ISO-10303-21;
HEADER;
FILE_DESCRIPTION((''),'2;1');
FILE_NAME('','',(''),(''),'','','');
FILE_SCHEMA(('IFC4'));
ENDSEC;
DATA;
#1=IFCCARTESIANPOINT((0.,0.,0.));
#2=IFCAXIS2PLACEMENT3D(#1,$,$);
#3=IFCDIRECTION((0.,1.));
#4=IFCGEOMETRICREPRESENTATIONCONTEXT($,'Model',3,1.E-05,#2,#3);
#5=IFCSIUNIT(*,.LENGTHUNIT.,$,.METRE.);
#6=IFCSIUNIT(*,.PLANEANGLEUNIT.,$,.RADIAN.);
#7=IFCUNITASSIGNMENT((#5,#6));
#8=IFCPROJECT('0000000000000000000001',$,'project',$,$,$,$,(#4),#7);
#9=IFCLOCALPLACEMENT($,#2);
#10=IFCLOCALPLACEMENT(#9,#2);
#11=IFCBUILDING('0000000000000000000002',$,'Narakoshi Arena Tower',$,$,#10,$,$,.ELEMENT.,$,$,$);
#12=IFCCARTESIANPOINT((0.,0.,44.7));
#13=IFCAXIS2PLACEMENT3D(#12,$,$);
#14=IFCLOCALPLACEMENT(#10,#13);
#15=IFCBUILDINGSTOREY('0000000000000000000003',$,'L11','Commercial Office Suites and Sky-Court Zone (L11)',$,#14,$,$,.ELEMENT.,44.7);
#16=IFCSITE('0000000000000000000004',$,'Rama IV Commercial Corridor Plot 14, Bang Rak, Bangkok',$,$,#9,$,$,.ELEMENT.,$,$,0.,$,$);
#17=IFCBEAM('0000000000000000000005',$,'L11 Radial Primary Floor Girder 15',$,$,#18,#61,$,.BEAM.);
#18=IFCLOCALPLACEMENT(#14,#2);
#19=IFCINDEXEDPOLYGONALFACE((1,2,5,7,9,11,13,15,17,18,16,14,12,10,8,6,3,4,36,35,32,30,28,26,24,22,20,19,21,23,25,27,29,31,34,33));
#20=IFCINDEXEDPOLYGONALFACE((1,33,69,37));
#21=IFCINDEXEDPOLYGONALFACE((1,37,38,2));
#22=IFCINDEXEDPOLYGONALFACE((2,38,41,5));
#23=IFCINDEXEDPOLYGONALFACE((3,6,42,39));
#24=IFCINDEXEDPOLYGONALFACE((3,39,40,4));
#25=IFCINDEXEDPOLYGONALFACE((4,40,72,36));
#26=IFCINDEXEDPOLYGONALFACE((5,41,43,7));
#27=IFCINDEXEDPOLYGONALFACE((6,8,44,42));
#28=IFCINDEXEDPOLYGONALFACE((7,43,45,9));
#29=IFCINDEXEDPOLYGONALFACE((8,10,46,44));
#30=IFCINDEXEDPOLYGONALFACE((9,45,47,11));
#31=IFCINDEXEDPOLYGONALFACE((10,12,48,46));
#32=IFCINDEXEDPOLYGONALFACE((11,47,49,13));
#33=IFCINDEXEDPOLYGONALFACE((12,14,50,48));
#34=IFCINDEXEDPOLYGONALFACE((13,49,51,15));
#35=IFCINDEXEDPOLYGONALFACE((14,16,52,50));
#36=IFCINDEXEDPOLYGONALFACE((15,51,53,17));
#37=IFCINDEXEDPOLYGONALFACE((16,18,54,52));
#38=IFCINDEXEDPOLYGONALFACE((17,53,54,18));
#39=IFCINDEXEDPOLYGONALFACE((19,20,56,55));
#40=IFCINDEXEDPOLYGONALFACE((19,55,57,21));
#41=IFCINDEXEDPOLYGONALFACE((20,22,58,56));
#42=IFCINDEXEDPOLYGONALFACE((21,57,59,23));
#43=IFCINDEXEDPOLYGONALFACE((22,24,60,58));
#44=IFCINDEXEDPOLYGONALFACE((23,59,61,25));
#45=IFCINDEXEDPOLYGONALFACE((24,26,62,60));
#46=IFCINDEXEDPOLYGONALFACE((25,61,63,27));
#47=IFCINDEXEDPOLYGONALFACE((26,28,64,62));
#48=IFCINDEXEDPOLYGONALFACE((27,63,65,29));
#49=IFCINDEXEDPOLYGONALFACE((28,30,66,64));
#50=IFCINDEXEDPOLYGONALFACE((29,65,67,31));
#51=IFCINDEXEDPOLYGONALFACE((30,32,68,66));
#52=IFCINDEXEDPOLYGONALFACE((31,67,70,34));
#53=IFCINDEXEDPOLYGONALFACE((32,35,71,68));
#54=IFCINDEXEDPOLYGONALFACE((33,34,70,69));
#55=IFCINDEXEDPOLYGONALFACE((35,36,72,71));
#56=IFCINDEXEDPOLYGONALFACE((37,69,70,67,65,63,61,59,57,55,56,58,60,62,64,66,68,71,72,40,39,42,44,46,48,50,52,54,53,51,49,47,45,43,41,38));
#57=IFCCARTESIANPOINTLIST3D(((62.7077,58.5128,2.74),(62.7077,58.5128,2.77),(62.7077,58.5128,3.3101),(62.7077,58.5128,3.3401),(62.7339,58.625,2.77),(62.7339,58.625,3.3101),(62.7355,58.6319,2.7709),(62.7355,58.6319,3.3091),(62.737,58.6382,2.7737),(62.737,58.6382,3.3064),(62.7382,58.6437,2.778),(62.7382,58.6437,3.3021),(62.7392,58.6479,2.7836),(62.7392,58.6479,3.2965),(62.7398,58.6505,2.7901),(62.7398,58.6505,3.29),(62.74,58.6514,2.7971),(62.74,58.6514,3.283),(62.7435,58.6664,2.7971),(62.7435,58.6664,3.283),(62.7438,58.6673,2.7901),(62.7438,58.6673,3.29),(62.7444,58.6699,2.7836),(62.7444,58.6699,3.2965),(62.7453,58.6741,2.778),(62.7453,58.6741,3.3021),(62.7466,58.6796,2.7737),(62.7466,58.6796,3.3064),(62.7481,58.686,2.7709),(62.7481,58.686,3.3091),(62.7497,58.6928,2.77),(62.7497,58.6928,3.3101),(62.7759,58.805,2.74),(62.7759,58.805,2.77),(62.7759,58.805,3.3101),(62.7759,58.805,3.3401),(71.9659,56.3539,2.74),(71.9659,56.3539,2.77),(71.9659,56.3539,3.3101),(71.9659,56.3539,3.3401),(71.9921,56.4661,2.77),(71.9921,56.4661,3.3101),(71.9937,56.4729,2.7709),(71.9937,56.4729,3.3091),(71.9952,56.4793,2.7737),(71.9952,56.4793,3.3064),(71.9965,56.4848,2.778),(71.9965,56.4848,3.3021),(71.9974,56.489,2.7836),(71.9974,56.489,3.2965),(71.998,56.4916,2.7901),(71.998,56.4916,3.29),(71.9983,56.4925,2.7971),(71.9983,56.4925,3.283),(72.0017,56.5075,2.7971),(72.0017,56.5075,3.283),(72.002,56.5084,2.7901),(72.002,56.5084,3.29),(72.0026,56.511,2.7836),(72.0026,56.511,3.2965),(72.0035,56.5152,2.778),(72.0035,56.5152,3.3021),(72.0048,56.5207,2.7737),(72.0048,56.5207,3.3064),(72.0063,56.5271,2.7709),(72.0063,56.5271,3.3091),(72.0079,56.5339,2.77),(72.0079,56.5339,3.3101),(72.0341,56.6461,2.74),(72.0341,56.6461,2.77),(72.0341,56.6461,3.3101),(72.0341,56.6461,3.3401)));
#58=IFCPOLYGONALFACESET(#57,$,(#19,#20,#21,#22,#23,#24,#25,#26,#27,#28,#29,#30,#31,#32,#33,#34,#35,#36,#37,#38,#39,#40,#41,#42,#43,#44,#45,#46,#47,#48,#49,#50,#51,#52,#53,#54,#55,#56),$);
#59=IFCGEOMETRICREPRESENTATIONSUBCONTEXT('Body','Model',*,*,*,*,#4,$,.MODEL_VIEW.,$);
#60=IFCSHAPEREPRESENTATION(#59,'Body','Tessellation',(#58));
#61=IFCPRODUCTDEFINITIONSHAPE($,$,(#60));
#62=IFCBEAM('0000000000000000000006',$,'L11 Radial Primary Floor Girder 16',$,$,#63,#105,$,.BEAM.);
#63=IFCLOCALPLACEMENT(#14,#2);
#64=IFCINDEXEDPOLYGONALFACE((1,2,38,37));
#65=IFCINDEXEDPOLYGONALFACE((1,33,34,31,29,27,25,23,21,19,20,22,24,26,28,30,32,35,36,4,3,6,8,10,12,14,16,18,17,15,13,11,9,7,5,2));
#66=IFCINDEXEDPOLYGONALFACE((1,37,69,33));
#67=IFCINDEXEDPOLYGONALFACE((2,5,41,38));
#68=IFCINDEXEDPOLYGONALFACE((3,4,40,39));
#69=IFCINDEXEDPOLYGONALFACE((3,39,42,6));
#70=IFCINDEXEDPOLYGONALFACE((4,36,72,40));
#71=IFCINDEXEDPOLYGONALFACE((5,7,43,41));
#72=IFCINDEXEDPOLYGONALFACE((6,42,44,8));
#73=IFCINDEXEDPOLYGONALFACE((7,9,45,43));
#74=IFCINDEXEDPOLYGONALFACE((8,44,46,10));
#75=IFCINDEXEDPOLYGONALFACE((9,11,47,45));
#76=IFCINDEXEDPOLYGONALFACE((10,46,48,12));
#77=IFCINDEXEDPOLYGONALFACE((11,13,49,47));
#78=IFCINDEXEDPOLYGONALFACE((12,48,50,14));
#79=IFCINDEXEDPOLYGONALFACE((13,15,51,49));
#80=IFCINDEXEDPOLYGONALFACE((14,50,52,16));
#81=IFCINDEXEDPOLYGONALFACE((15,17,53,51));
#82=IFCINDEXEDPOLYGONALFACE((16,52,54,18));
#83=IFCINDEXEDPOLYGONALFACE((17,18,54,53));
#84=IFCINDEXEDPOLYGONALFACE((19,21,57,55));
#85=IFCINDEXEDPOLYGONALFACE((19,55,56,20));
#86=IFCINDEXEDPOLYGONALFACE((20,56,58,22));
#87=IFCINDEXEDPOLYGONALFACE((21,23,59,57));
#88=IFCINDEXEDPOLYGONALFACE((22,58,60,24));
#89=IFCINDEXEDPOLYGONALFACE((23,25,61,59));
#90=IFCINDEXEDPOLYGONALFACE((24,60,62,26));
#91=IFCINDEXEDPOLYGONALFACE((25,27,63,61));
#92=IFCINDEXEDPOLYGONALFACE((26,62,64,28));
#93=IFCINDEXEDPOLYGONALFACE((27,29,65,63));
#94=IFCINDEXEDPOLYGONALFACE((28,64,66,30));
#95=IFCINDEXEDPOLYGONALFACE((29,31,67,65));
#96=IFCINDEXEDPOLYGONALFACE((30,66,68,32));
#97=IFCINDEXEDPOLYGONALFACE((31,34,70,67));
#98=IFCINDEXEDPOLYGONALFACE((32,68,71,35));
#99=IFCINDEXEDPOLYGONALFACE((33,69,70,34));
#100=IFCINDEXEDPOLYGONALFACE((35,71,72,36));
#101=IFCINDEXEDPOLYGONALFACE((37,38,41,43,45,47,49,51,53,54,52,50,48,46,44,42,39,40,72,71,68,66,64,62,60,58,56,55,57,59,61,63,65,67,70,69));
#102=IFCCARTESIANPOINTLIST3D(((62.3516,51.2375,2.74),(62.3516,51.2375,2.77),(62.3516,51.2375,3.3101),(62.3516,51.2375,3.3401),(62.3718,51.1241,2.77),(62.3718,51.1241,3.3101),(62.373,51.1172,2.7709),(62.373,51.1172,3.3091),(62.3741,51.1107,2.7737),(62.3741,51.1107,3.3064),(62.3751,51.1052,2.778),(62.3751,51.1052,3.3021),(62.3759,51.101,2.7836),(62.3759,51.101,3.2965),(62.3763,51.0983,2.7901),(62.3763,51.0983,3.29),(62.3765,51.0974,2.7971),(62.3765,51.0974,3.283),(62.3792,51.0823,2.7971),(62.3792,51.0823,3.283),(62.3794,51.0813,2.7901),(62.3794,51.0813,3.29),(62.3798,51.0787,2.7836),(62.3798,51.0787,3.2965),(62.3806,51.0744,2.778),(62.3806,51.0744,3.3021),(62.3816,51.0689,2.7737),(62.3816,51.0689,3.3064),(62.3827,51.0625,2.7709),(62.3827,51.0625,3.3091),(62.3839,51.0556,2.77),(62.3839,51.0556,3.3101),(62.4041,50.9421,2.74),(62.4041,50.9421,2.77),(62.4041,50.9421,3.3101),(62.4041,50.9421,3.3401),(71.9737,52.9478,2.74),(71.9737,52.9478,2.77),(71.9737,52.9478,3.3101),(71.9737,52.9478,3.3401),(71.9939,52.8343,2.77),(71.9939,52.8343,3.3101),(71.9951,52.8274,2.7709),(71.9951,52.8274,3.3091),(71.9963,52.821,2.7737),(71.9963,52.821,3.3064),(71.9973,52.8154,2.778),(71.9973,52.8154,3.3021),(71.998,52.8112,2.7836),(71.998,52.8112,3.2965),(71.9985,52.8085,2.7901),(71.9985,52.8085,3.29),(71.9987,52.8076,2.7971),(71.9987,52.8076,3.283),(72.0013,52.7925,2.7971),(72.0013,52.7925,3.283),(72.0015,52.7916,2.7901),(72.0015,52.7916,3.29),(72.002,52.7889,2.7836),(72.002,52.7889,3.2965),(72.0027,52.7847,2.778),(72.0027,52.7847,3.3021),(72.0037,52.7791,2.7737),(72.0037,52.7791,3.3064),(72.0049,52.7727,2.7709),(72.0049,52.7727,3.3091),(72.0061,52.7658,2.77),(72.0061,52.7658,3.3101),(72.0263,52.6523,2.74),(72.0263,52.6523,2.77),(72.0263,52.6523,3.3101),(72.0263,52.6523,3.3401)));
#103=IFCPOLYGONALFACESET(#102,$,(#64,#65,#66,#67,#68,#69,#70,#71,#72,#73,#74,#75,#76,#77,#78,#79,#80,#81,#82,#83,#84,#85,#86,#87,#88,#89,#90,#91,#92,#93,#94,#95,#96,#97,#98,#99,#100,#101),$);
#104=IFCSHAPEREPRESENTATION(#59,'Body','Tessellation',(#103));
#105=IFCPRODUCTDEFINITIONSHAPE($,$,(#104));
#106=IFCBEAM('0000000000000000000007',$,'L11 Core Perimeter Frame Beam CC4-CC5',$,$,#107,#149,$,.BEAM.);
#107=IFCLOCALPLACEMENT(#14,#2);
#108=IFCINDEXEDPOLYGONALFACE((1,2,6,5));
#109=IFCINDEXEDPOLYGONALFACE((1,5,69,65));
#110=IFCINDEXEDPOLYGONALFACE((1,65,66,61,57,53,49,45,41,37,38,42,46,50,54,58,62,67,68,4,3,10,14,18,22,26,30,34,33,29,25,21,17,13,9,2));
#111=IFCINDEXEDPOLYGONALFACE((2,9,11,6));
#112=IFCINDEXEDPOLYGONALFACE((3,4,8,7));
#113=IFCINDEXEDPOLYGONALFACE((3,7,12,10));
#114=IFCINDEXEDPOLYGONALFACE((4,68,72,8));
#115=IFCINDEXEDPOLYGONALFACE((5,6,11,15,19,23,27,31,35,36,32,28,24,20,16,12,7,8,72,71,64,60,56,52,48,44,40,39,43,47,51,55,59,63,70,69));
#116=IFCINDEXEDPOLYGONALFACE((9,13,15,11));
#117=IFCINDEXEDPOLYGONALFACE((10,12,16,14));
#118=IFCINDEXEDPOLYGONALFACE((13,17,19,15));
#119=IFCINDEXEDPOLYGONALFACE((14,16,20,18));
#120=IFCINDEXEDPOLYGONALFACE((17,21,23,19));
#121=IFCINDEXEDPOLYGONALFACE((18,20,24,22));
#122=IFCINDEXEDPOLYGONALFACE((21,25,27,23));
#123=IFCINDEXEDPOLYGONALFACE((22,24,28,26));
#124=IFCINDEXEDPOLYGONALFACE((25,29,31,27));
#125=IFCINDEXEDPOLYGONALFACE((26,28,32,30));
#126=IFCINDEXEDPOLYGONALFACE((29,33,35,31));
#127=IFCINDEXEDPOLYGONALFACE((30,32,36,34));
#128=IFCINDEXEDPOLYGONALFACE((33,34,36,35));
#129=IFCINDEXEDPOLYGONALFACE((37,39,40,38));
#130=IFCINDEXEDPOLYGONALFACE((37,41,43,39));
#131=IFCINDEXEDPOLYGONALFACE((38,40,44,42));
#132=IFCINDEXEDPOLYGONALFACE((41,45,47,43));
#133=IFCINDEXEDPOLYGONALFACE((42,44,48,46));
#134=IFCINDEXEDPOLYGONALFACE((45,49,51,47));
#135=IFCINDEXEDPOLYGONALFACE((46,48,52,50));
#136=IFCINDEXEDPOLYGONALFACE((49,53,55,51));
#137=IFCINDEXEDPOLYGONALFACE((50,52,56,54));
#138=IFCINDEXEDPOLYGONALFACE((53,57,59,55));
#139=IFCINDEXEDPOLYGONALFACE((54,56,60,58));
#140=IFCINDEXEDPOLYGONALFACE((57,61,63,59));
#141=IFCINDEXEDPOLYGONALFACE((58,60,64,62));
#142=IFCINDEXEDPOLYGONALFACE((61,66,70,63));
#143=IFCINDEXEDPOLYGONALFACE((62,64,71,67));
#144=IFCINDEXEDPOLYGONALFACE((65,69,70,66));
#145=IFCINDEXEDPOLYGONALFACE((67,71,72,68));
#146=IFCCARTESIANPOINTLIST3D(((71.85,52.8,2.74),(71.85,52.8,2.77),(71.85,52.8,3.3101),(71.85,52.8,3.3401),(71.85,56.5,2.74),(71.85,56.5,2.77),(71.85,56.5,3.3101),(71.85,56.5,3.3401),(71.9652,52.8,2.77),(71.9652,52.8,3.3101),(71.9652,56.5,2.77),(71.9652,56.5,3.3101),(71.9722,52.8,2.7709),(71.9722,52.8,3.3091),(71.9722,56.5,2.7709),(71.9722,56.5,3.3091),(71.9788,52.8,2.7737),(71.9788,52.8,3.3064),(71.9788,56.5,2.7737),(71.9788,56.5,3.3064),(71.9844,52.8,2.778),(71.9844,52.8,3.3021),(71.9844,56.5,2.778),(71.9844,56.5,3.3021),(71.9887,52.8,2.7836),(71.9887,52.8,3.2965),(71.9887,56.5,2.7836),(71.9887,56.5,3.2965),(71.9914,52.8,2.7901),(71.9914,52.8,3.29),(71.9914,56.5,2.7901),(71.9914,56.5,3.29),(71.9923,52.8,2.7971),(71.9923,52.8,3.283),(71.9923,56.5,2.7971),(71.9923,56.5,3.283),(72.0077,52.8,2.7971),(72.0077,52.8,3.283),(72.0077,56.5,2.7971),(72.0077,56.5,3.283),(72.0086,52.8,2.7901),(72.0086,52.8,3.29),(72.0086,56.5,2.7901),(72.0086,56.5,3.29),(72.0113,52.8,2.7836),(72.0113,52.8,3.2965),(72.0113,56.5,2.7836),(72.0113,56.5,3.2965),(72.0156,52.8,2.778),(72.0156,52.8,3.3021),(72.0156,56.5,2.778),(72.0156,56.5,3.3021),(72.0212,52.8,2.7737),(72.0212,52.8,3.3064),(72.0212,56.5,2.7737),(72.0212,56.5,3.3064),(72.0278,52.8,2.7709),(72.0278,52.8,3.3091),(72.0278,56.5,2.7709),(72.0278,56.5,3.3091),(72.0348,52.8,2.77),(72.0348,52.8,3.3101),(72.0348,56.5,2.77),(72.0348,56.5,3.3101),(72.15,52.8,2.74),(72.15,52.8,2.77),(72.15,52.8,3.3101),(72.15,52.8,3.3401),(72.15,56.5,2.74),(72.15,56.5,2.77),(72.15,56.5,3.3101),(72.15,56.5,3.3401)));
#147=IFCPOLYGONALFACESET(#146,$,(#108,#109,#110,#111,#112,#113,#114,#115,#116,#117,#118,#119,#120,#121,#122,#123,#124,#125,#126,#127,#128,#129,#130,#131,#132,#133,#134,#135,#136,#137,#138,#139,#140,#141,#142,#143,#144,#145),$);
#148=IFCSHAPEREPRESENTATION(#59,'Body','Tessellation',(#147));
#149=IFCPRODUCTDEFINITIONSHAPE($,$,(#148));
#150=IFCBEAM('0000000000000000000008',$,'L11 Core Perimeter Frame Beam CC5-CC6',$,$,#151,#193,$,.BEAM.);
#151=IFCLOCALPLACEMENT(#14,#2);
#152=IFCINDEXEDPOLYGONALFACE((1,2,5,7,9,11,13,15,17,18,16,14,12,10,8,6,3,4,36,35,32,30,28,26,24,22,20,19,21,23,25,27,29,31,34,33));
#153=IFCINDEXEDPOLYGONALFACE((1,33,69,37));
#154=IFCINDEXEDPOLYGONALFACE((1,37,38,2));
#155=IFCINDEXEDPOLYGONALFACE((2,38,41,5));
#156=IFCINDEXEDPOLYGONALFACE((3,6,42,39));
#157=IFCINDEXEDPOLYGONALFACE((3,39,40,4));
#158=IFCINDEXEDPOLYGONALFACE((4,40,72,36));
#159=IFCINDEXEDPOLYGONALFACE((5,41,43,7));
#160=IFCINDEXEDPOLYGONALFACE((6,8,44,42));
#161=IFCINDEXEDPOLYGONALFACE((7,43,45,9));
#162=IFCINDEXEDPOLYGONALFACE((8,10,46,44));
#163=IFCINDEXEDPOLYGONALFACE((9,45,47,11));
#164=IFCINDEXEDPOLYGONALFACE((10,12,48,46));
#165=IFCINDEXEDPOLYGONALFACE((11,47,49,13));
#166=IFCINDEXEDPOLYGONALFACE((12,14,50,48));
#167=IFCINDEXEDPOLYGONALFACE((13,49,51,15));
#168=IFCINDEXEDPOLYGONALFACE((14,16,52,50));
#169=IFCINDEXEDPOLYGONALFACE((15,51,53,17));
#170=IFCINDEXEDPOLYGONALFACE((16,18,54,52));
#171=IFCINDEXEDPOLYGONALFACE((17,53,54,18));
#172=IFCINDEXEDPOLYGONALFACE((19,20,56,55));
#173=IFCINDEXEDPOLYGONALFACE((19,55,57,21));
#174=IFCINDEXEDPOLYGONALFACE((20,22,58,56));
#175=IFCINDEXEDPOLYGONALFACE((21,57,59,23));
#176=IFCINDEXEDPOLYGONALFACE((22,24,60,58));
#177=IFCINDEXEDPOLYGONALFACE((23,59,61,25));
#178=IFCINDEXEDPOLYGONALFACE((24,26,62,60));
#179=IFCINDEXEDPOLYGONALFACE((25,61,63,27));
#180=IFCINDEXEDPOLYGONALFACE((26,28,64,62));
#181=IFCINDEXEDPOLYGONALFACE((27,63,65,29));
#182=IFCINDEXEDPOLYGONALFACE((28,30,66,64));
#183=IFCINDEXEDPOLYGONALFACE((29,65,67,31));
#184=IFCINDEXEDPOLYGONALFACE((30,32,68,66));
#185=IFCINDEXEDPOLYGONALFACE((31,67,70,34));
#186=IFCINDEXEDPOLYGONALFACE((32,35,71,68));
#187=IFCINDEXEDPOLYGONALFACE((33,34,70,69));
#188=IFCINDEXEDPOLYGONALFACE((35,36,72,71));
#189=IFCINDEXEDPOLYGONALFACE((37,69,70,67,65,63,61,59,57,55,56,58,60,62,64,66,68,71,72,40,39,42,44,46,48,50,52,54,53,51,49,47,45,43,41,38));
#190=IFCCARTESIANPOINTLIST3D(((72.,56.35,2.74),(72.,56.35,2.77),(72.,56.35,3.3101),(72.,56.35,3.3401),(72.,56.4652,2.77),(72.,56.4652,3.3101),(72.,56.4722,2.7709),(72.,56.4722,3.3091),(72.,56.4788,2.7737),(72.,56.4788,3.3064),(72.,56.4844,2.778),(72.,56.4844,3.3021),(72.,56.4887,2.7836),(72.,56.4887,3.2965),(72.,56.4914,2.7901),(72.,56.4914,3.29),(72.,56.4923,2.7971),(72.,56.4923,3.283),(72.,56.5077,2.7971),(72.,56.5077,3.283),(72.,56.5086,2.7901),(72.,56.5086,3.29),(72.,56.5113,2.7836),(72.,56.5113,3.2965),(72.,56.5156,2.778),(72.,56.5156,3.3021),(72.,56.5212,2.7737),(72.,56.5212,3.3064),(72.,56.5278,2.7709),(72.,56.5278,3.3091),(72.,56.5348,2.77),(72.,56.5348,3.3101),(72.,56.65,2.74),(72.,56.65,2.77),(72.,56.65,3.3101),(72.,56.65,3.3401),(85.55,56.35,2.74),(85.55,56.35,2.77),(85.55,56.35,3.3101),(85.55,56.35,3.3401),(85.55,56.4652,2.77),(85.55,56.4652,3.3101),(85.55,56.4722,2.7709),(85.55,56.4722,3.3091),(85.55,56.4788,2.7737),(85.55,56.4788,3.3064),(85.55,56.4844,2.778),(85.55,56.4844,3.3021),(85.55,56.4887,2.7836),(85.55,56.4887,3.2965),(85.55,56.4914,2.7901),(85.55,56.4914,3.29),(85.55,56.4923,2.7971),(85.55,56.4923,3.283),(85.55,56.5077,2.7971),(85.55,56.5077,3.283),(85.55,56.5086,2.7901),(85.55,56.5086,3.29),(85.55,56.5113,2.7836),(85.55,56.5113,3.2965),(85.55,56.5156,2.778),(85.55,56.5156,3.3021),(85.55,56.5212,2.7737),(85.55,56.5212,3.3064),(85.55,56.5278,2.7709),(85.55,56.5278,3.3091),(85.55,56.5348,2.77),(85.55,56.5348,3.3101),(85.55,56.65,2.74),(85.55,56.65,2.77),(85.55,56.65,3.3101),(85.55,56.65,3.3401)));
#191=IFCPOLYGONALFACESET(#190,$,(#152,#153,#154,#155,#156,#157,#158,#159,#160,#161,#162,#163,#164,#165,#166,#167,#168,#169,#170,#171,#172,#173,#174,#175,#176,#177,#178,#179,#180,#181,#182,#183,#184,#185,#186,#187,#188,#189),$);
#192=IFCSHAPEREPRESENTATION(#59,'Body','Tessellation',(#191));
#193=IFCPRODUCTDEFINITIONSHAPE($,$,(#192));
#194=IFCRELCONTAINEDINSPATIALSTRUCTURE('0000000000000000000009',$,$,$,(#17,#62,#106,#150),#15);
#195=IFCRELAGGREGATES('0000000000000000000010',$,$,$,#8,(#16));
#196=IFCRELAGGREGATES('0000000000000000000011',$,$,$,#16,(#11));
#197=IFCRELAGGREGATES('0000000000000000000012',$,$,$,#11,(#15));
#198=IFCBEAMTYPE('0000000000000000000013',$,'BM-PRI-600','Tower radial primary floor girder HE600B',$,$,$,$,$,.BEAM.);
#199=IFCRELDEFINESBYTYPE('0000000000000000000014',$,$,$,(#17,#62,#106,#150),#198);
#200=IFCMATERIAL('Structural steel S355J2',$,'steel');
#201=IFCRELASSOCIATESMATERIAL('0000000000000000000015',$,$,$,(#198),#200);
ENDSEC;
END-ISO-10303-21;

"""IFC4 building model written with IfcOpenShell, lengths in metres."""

from ifc_helpers import new_model, si_unit, direction, frame, origin, origin_2d, place, context, subcontext, project, spatial, i_section, extrude, material, material_profile, profile_set, type_object, element, save


model = new_model("IFC4")

# Units and contexts
model_context = context("Model", 3, precision=1e-05, world=origin(), true_north=direction((0.0, 1.0)))
body_context = subcontext(model_context, "Body", "Model", "MODEL_VIEW")
ifc_project = project(units=[si_unit("LENGTHUNIT", "METRE"), si_unit("PLANEANGLEUNIT", "RADIAN")], contexts=[model_context])

# Site, building, storey
site_placement = place(None, origin())
site = spatial("IfcSite", under=ifc_project, at=site_placement, Name="Rama IV Commercial Corridor Plot 14, Bang Rak, Bangkok", CompositionType="ELEMENT", RefElevation=0.0)
building_placement = place(site_placement, origin())
building = spatial("IfcBuilding", under=site, at=building_placement, Name="Narakoshi Arena Tower", CompositionType="ELEMENT")
storey_placement = place(building_placement, frame((0.0, 0.0, 44.7)))
storey = spatial("IfcBuildingStorey", under=building, at=storey_placement, Name="L11", Description="Commercial Office Suites and Sky-Court Zone (L11)", CompositionType="ELEMENT", Elevation=44.7)

# Beams
ifc_material_1 = material(Name="Structural steel S355J2", Category="steel")
ifc_material_profile_1 = material_profile(ifc_material_1, i_section(OverallWidth=0.3, OverallDepth=0.6001, WebThickness=0.0154, FlangeThickness=0.03, FilletRadius=0.0271, at=origin_2d()), Name="HE600B")
ifc_profile_set_1 = profile_set([ifc_material_profile_1], Name="Structural steel S355J2")
beam_type_1 = type_object("IfcBeamType", Name="BM-PRI-600", Description="Tower radial primary floor girder HE600B", PredefinedType="BEAM", material=ifc_profile_set_1)
beam_1_placement = place(storey_placement, frame((72.0, 56.5, 3.04), z_axis=(-0.973872, 0.227096, 0.0), x_axis=(-0.227096, -0.973872, 0.0)))
element("IfcBeam", 1, at=beam_1_placement, inside=storey, type_object=beam_type_1, Name="L11 Radial Primary Floor Girder 15", PredefinedType="BEAM", context=body_context, shape_type="SweptSolid", body=[
    extrude(i_section(OverallWidth=0.3, OverallDepth=0.6001, WebThickness=0.0154, FlangeThickness=0.03, FilletRadius=0.0271, at=origin_2d()), origin(), (0.0, 0.0, 1.0), 9.5066),
])
beam_2_placement = place(storey_placement, frame((72.0, 52.8, 3.04), z_axis=(-0.984569, -0.174995, 0.0), x_axis=(0.174995, -0.984569, 0.0)))
element("IfcBeam", 2, at=beam_2_placement, inside=storey, type_object=beam_type_1, Name="L11 Radial Primary Floor Girder 16", PredefinedType="BEAM", context=body_context, shape_type="SweptSolid", body=[
    extrude(i_section(OverallWidth=0.3, OverallDepth=0.6001, WebThickness=0.0154, FlangeThickness=0.03, FilletRadius=0.0271, at=origin_2d()), origin(), (0.0, 0.0, 1.0), 9.7729),
])
beam_3_placement = place(storey_placement, frame((72.0, 52.8, 3.04), z_axis=(0.0, 1.0, 0.0), x_axis=(-1.0, 0.0, 0.0)))
element("IfcBeam", 3, at=beam_3_placement, inside=storey, type_object=beam_type_1, Name="L11 Core Perimeter Frame Beam CC4-CC5", PredefinedType="BEAM", context=body_context, shape_type="SweptSolid", body=[
    extrude(i_section(OverallWidth=0.3, OverallDepth=0.6001, WebThickness=0.0154, FlangeThickness=0.03, FilletRadius=0.0271, at=origin_2d()), origin(), (0.0, 0.0, 1.0), 3.7),
])
beam_4_placement = place(storey_placement, frame((72.0, 56.5, 3.04), z_axis=(1.0, 0.0, 0.0), x_axis=(0.0, 1.0, 0.0)))
element("IfcBeam", 4, at=beam_4_placement, inside=storey, type_object=beam_type_1, Name="L11 Core Perimeter Frame Beam CC5-CC6", PredefinedType="BEAM", context=body_context, shape_type="SweptSolid", body=[
    extrude(i_section(OverallWidth=0.3, OverallDepth=0.6001, WebThickness=0.0154, FlangeThickness=0.03, FilletRadius=0.0271, at=origin_2d()), origin(), (0.0, 0.0, 1.0), 13.55),
])

save(model, "model.ifc")
